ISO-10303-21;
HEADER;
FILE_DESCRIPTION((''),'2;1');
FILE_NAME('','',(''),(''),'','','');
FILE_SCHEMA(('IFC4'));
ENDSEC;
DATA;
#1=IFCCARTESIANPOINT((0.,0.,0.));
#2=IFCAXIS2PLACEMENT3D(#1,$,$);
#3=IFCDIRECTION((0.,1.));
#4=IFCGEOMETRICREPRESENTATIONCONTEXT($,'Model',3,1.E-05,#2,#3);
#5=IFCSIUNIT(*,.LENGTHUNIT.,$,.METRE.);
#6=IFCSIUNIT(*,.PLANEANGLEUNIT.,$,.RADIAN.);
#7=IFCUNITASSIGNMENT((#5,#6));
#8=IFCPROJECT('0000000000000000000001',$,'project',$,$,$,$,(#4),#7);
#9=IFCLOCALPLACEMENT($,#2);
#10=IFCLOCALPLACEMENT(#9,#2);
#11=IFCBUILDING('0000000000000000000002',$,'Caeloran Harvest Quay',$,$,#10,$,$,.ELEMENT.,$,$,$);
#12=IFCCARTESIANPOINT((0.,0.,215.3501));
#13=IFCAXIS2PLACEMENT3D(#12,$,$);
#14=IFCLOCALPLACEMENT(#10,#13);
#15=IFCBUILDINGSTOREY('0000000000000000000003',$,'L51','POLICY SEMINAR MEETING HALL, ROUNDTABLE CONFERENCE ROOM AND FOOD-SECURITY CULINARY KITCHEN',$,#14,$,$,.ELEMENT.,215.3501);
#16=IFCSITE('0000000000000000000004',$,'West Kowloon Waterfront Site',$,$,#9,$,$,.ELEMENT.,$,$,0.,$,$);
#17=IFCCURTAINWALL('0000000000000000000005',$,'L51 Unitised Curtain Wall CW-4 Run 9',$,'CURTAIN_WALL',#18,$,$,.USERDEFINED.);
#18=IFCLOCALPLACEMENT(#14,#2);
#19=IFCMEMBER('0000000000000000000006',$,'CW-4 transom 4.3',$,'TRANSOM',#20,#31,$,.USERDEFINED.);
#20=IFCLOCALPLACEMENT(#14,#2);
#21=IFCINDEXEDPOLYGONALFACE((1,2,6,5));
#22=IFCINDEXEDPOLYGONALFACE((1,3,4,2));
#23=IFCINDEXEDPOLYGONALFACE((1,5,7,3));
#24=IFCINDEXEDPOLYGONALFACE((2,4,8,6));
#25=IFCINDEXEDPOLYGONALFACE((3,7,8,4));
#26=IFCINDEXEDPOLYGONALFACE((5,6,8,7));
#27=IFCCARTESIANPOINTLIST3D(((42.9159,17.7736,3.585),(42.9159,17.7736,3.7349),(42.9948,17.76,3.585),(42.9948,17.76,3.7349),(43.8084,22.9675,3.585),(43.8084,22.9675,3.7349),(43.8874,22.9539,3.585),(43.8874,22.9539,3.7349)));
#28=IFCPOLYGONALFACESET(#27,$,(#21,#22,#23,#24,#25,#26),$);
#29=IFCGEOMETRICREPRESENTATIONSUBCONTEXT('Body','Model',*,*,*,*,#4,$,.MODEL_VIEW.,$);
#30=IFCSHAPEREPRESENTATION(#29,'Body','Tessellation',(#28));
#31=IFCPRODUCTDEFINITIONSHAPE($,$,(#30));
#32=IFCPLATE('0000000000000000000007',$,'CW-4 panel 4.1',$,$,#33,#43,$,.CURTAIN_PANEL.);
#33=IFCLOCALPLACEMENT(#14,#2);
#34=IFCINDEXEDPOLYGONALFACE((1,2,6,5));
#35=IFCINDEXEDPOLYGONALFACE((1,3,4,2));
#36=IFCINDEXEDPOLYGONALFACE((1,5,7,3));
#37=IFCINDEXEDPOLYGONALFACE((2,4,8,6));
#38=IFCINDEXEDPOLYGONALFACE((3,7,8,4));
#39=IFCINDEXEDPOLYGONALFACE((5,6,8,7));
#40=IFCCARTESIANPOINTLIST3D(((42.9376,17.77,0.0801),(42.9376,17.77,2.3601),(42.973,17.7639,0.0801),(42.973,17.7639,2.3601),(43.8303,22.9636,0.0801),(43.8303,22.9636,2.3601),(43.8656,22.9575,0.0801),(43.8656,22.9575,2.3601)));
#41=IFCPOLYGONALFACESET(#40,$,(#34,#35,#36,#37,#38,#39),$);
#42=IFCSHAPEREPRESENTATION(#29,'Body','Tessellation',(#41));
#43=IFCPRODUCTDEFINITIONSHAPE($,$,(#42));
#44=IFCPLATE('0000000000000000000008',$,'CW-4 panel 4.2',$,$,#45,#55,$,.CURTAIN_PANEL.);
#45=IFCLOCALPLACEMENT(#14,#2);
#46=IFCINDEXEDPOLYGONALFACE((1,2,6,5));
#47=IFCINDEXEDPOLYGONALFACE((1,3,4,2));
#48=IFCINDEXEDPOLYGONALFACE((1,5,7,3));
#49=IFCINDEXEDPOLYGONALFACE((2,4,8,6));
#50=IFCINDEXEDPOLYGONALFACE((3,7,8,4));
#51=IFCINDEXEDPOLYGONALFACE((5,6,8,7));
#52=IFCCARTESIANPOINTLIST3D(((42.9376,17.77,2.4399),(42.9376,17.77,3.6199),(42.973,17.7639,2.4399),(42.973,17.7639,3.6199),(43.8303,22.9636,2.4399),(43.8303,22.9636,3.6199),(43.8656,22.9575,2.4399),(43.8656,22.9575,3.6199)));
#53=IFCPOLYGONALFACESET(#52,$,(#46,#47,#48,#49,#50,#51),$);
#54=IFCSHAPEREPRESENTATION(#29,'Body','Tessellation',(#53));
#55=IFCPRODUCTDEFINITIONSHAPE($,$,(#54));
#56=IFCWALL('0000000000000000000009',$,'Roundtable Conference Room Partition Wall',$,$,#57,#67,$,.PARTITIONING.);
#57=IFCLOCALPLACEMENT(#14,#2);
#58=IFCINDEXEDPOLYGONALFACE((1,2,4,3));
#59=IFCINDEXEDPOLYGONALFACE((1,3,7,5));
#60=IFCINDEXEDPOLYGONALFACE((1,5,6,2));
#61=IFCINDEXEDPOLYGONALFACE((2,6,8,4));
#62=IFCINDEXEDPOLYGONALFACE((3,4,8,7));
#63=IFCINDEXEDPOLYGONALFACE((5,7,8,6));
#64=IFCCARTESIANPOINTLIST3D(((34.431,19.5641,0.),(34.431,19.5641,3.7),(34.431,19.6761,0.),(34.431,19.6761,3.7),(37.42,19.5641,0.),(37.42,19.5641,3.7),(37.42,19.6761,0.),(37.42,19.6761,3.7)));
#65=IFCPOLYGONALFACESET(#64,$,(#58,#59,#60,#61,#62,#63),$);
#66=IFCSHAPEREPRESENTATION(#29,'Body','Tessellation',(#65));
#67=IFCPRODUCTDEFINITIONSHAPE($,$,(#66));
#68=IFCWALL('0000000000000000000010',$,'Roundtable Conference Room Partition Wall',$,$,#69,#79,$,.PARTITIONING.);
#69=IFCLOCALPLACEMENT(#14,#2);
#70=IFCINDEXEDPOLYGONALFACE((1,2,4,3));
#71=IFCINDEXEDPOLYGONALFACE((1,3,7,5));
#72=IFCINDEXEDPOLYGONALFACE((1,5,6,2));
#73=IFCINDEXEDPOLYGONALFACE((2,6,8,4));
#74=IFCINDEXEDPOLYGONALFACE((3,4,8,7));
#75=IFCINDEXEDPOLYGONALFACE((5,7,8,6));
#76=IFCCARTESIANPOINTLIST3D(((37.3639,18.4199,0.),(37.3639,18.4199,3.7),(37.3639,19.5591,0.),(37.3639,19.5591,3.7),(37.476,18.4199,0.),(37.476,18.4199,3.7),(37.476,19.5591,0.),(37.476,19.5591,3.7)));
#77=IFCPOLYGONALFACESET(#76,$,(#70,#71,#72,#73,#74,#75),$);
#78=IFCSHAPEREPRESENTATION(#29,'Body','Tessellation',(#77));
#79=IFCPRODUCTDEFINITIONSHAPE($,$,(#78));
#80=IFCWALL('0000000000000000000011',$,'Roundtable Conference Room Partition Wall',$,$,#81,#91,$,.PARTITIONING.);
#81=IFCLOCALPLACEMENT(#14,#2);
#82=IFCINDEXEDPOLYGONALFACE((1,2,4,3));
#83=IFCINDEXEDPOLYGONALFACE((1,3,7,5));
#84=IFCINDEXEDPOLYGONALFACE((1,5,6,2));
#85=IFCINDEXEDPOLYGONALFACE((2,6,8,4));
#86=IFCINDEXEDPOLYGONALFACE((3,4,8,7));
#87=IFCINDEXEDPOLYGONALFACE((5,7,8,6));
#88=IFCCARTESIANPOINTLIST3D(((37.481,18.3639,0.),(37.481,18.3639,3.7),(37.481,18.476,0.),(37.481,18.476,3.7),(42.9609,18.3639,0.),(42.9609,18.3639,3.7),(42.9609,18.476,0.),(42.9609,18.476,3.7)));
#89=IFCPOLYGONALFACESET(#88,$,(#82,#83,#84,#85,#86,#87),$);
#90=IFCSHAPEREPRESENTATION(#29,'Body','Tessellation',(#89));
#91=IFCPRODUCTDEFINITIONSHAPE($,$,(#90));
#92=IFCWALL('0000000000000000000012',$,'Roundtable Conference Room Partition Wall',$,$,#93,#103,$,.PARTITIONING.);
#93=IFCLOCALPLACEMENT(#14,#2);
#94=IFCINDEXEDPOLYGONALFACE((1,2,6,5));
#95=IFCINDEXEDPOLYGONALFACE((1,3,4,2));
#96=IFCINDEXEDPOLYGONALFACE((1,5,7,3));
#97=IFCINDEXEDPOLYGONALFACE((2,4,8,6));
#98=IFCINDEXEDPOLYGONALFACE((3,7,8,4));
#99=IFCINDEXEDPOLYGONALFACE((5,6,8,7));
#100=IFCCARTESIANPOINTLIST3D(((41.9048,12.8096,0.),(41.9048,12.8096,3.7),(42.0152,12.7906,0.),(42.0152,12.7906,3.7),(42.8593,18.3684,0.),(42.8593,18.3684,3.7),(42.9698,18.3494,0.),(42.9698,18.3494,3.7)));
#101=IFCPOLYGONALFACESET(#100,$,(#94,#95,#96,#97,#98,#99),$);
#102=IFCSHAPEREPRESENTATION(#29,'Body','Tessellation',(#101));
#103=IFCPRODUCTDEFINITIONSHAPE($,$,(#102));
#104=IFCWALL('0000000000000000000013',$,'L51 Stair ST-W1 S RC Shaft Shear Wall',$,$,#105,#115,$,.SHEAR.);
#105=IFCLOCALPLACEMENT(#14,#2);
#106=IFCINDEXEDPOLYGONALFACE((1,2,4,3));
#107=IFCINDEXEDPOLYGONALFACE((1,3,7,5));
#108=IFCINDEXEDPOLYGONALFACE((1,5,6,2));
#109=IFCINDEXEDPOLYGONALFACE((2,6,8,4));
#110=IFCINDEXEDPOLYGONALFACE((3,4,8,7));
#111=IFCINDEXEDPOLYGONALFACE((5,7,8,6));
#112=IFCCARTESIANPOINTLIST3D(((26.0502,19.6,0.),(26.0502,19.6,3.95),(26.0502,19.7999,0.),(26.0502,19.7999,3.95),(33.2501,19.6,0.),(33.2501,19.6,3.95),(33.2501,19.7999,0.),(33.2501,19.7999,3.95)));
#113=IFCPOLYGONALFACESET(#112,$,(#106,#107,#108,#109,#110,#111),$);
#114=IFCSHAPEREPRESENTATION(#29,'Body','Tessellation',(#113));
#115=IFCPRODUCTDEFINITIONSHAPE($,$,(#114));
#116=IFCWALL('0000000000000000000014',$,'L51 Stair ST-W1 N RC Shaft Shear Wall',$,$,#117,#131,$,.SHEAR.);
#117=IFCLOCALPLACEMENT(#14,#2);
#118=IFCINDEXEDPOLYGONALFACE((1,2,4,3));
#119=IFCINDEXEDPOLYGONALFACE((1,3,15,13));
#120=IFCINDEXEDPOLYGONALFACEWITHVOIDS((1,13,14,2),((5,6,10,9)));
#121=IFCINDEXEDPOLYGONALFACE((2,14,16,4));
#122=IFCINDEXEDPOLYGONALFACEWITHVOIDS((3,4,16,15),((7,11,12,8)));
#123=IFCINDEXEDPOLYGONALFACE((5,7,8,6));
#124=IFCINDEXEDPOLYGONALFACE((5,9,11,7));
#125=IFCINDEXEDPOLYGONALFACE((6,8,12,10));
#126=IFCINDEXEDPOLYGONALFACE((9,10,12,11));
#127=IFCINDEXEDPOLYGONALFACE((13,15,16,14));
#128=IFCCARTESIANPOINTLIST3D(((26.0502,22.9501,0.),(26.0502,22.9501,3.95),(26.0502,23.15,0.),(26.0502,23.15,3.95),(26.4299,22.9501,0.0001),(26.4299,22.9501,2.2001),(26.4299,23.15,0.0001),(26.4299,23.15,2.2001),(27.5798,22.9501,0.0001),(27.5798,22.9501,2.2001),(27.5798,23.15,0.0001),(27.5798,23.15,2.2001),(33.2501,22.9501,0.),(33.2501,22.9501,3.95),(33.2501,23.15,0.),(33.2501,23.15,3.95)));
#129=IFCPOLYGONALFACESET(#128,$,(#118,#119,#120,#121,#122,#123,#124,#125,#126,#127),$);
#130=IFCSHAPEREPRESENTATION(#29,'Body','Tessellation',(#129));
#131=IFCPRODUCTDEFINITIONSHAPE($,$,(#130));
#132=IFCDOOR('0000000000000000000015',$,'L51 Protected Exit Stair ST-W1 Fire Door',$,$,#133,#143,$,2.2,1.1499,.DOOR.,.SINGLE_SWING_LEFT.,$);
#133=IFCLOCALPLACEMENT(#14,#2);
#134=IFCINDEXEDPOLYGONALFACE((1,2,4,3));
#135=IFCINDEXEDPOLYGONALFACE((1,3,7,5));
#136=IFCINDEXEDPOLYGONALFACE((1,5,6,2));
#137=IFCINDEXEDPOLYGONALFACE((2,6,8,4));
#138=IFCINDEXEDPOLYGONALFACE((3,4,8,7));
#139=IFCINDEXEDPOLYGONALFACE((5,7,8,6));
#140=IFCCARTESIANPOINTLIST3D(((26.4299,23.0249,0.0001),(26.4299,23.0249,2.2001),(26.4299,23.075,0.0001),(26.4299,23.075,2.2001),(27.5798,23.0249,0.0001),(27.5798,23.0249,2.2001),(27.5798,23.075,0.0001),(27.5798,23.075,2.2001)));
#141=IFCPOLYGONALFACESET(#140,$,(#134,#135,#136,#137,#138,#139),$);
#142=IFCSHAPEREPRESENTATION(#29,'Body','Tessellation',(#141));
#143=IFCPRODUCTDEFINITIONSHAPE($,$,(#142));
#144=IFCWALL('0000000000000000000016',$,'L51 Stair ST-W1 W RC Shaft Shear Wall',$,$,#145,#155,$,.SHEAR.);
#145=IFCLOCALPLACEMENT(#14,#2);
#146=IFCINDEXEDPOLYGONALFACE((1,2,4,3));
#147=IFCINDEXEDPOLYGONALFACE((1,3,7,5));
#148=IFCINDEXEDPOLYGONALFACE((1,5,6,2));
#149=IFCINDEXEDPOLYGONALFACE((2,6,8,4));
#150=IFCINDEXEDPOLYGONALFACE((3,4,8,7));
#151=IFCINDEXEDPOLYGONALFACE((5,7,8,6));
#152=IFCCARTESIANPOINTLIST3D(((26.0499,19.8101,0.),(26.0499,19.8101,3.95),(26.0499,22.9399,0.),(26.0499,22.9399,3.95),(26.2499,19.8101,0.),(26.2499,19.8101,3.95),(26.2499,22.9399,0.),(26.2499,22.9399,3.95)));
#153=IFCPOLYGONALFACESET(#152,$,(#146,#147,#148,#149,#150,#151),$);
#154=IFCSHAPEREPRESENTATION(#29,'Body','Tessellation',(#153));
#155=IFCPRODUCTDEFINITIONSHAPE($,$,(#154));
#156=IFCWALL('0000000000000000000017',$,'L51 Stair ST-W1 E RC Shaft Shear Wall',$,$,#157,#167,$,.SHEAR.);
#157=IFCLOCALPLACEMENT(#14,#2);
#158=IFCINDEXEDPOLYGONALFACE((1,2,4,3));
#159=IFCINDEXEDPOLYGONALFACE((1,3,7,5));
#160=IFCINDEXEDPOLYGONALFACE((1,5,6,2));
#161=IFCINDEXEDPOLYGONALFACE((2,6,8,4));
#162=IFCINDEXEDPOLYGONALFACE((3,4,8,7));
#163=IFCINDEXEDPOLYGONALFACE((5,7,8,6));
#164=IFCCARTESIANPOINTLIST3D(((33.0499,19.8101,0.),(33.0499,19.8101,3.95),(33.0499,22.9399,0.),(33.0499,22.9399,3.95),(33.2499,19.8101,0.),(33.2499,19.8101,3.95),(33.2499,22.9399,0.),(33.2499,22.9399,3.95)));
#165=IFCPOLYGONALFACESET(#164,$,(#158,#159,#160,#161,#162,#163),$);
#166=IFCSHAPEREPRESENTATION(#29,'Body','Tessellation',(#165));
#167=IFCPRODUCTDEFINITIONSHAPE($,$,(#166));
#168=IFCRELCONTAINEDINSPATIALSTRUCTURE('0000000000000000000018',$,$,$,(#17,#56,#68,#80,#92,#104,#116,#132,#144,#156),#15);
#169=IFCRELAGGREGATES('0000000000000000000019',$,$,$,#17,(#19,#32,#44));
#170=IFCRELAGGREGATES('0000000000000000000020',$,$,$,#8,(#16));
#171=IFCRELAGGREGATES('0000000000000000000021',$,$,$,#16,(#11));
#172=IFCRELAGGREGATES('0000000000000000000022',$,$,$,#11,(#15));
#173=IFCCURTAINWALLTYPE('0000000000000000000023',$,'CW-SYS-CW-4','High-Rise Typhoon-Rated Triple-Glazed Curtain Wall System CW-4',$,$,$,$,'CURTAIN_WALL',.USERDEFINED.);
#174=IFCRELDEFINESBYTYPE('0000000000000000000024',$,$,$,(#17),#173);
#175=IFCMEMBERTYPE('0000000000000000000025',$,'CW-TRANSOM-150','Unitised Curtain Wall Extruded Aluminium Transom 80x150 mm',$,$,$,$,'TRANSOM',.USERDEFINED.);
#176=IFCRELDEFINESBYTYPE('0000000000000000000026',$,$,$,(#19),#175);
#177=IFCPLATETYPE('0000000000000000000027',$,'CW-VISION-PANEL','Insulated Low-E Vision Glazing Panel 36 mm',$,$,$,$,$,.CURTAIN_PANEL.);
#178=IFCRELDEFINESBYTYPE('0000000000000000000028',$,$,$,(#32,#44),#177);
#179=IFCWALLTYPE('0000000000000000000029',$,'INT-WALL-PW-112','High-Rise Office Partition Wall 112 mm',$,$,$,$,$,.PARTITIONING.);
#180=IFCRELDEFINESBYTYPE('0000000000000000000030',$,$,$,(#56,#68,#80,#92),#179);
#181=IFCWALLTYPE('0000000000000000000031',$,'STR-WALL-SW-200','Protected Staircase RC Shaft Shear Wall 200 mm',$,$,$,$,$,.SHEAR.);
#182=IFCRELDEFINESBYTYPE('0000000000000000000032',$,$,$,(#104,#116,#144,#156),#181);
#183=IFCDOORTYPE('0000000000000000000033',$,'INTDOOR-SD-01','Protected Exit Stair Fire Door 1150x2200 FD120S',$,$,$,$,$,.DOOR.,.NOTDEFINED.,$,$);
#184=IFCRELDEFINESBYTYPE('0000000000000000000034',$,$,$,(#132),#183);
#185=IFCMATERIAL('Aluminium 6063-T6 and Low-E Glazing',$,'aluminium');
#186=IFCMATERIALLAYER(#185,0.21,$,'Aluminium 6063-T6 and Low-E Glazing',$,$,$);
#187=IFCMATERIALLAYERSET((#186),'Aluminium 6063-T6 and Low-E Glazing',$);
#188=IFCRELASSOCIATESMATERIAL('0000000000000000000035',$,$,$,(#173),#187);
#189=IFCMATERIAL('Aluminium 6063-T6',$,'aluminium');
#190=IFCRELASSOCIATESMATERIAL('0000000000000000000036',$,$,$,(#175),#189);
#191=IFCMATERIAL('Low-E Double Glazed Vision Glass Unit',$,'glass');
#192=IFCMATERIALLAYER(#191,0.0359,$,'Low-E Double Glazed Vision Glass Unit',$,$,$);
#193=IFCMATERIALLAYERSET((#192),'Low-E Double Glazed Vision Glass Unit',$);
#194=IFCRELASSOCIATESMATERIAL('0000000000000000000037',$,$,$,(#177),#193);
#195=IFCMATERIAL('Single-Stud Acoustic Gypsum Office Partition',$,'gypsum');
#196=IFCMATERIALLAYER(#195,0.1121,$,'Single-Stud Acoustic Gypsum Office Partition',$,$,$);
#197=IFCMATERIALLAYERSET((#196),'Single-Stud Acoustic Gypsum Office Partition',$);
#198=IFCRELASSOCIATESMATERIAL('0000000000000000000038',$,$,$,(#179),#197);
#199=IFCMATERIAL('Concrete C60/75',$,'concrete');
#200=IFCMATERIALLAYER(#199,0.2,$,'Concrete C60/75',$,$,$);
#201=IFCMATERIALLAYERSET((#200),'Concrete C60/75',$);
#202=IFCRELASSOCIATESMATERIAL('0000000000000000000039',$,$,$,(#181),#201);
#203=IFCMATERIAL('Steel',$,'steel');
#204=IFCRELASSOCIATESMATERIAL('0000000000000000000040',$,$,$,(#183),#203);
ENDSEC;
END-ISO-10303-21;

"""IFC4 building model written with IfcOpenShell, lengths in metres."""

from ifc_helpers import new_model, si_unit, direction, frame, frame_2d, origin, origin_2d, place, context, subcontext, project, spatial, rectangle, extrude, material, layer, layer_set, material_profile, profile_set, type_object, element, fill, aggregate, save


model = new_model("IFC4")

# Units and contexts
model_context = context("Model", 3, precision=1e-05, world=origin(), true_north=direction((0.0, 1.0)))
body_context = subcontext(model_context, "Body", "Model", "MODEL_VIEW")
ifc_project = project(units=[si_unit("LENGTHUNIT", "METRE"), si_unit("PLANEANGLEUNIT", "RADIAN")], contexts=[model_context])

# Site, building, storey
site_placement = place(None, origin())
site = spatial("IfcSite", under=ifc_project, at=site_placement, Name="West Kowloon Waterfront Site", CompositionType="ELEMENT", RefElevation=0.0)
building_placement = place(site_placement, origin())
building = spatial("IfcBuilding", under=site, at=building_placement, Name="Caeloran Harvest Quay", CompositionType="ELEMENT")
storey_placement = place(building_placement, frame((0.0, 0.0, 215.3501)))
storey = spatial("IfcBuildingStorey", under=building, at=storey_placement, Name="L51", Description="POLICY SEMINAR MEETING HALL, ROUNDTABLE CONFERENCE ROOM AND FOOD-SECURITY CULINARY KITCHEN", CompositionType="ELEMENT", Elevation=215.3501)

# Curtain wall, member, plates
ifc_material_1 = material(Name="Aluminium 6063-T6 and Low-E Glazing", Category="aluminium")
ifc_layer_1 = layer(ifc_material_1, 0.21, Name="Aluminium 6063-T6 and Low-E Glazing")
ifc_layer_set_1 = layer_set([ifc_layer_1], Name="Aluminium 6063-T6 and Low-E Glazing")
curtain_wall_type = type_object("IfcCurtainWallType", Name="CW-SYS-CW-4", Description="High-Rise Typhoon-Rated Triple-Glazed Curtain Wall System CW-4", ElementType="CURTAIN_WALL", PredefinedType="USERDEFINED", material=ifc_layer_set_1)
curtain_wall_placement = place(storey_placement, origin())
curtain_wall = element("IfcCurtainWall", 1, at=curtain_wall_placement, inside=storey, type_object=curtain_wall_type, Name="L51 Unitised Curtain Wall CW-4 Run 9", ObjectType="CURTAIN_WALL", PredefinedType="USERDEFINED")
ifc_material_2 = material(Name="Aluminium 6063-T6", Category="aluminium")
ifc_material_profile_1 = material_profile(ifc_material_2, rectangle(XDim=0.0801, YDim=0.1499, at=origin_2d()), Name="CW-TRANSOM-150")
ifc_profile_set_1 = profile_set([ifc_material_profile_1], Name="Aluminium 6063-T6")
member_type_1 = type_object("IfcMemberType", Name="CW-TRANSOM-150", Description="Unitised Curtain Wall Extruded Aluminium Transom 80x150 mm", ElementType="TRANSOM", PredefinedType="USERDEFINED", material=ifc_profile_set_1)
member_1_placement = place(storey_placement, frame((43.8479, 22.9607, 3.6599), z_axis=(-0.16937, -0.985553, 0.0), x_axis=(0.985553, -0.16937, 0.0)))
member_1 = element("IfcMember", 2, at=member_1_placement, type_object=member_type_1, Name="CW-4 transom 4.3", ObjectType="TRANSOM", PredefinedType="USERDEFINED", context=body_context, shape_type="SweptSolid", body=[
    extrude(rectangle(XDim=0.0801, YDim=0.1499, at=origin_2d()), origin(), (0.0, 0.0, 1.0), 5.27),
])
ifc_material_3 = material(Name="Low-E Double Glazed Vision Glass Unit", Category="glass")
ifc_layer_2 = layer(ifc_material_3, 0.0359, Name="Low-E Double Glazed Vision Glass Unit")
ifc_layer_set_2 = layer_set([ifc_layer_2], Name="Low-E Double Glazed Vision Glass Unit")
plate_type = type_object("IfcPlateType", Name="CW-VISION-PANEL", Description="Insulated Low-E Vision Glazing Panel 36 mm", PredefinedType="CURTAIN_PANEL", material=ifc_layer_set_2)
plate_1_placement = place(storey_placement, frame((43.4016, 20.3638, 0.0801), z_axis=(0.0, 0.0, 1.0), x_axis=(-0.169391, -0.985549, 0.0)))
plate_1 = element("IfcPlate", 3, at=plate_1_placement, type_object=plate_type, Name="CW-4 panel 4.1", PredefinedType="CURTAIN_PANEL", context=body_context, shape_type="SweptSolid", body=[
    extrude(rectangle(XDim=5.2698, YDim=0.0359, at=origin_2d()), origin(), (0.0, 0.0, 1.0), 2.28),
])
plate_2_placement = place(storey_placement, frame((43.4016, 20.3638, 2.4399), z_axis=(0.0, 0.0, 1.0), x_axis=(-0.169391, -0.985549, 0.0)))
plate_2 = element("IfcPlate", 4, at=plate_2_placement, type_object=plate_type, Name="CW-4 panel 4.2", PredefinedType="CURTAIN_PANEL", context=body_context, shape_type="SweptSolid", body=[
    extrude(rectangle(XDim=5.2698, YDim=0.0359, at=origin_2d()), origin(), (0.0, 0.0, 1.0), 1.1799),
])
aggregate(curtain_wall, [member_1, plate_1, plate_2])

# Walls
ifc_material_4 = material(Name="Single-Stud Acoustic Gypsum Office Partition", Category="gypsum")
ifc_layer_3 = layer(ifc_material_4, 0.1121, Name="Single-Stud Acoustic Gypsum Office Partition")
ifc_layer_set_3 = layer_set([ifc_layer_3], Name="Single-Stud Acoustic Gypsum Office Partition")
wall_type_1 = type_object("IfcWallType", Name="INT-WALL-PW-112", Description="High-Rise Office Partition Wall 112 mm", PredefinedType="PARTITIONING", material=ifc_layer_set_3)
wall_1_placement = place(storey_placement, frame((34.4309, 19.6201, 0.0), z_axis=(0.0, 0.0, 1.0), x_axis=(1.0, 0.0, 0.0)))
element("IfcWall", 5, at=wall_1_placement, inside=storey, type_object=wall_type_1, Name="Roundtable Conference Room Partition Wall", PredefinedType="PARTITIONING", context=body_context, shape_type="SweptSolid", body=[
    extrude(rectangle(XDim=2.989, YDim=0.1121, at=frame_2d((1.4946, 0.0))), origin(), (0.0, 0.0, 1.0), 3.7),
])
wall_2_placement = place(storey_placement, frame((37.4199, 19.5591, 0.0), z_axis=(0.0, 0.0, 1.0), x_axis=(0.0, -1.0, 0.0)))
element("IfcWall", 6, at=wall_2_placement, inside=storey, type_object=wall_type_1, Name="Roundtable Conference Room Partition Wall", PredefinedType="PARTITIONING", context=body_context, shape_type="SweptSolid", body=[
    extrude(rectangle(XDim=1.1392, YDim=0.1121, at=frame_2d((0.5696, 0.0))), origin(), (0.0, 0.0, 1.0), 3.7),
])
wall_3_placement = place(storey_placement, frame((37.481, 18.4199, 0.0), z_axis=(0.0, 0.0, 1.0), x_axis=(1.0, 0.0, 0.0)))
element("IfcWall", 7, at=wall_3_placement, inside=storey, type_object=wall_type_1, Name="Roundtable Conference Room Partition Wall", PredefinedType="PARTITIONING", context=body_context, shape_type="SweptSolid", body=[
    extrude(rectangle(XDim=5.48, YDim=0.1121, at=frame_2d((2.74, 0.0))), origin(), (0.0, 0.0, 1.0), 3.7),
])
wall_4_placement = place(storey_placement, frame((42.9146, 18.3589, 0.0), z_axis=(0.0, 0.0, 1.0), x_axis=(-0.169247, -0.985574, 0.0)))
element("IfcWall", 8, at=wall_4_placement, inside=storey, type_object=wall_type_1, Name="Roundtable Conference Room Partition Wall", PredefinedType="PARTITIONING", context=body_context, shape_type="SweptSolid", body=[
    extrude(rectangle(XDim=5.6401, YDim=0.1121, at=frame_2d((2.8201, 0.0))), origin(), (0.0, 0.0, 1.0), 3.7),
])
ifc_material_5 = material(Name="Concrete C60/75", Category="concrete")
ifc_layer_4 = layer(ifc_material_5, 0.2, Name="Concrete C60/75")
ifc_layer_set_4 = layer_set([ifc_layer_4], Name="Concrete C60/75")
wall_type_2 = type_object("IfcWallType", Name="STR-WALL-SW-200", Description="Protected Staircase RC Shaft Shear Wall 200 mm", PredefinedType="SHEAR", material=ifc_layer_set_4)
wall_5_placement = place(storey_placement, frame((26.05, 19.7, 0.0), z_axis=(0.0, 0.0, 1.0), x_axis=(1.0, 0.0, 0.0)))
element("IfcWall", 9, at=wall_5_placement, inside=storey, type_object=wall_type_2, Name="L51 Stair ST-W1 S RC Shaft Shear Wall", PredefinedType="SHEAR", context=body_context, shape_type="SweptSolid", body=[
    extrude(rectangle(XDim=7.2, YDim=0.2, at=frame_2d((3.6001, 0.0))), origin(), (0.0, 0.0, 1.0), 3.95),
])

# Wall, opening, door
wall_6_placement = place(storey_placement, frame((26.05, 23.05, 0.0), z_axis=(0.0, 0.0, 1.0), x_axis=(1.0, 0.0, 0.0)))
wall_6 = element("IfcWall", 10, at=wall_6_placement, inside=storey, type_object=wall_type_2, Name="L51 Stair ST-W1 N RC Shaft Shear Wall", PredefinedType="SHEAR", context=body_context, shape_type="SweptSolid", body=[
    extrude(rectangle(XDim=7.2, YDim=0.2, at=frame_2d((3.6001, 0.0))), origin(), (0.0, 0.0, 1.0), 3.95),
])
opening_placement = place(wall_6_placement, frame((0.3799, 0.0, 0.0)))
opening = element("IfcOpeningElement", 11, at=opening_placement, cuts=wall_6, PredefinedType="OPENING", context=body_context, shape_type="SweptSolid", body=[
    extrude(rectangle(XDim=1.1499, YDim=2.2, at=frame_2d((0.575, 1.1001))), frame((0.0, 0.1099, 0.0), z_axis=(0.0, -1.0, 0.0), x_axis=(1.0, 0.0, 0.0)), (0.0, 0.0, 1.0), 0.22),
])
ifc_material_6 = material(Name="Steel", Category="steel")
door_type = type_object("IfcDoorType", Name="INTDOOR-SD-01", Description="Protected Exit Stair Fire Door 1150x2200 FD120S", OperationType="NOTDEFINED", PredefinedType="DOOR", material=ifc_material_6)
door_placement = place(opening_placement, origin())
door = element("IfcDoor", 12, at=door_placement, inside=storey, type_object=door_type, Name="L51 Protected Exit Stair ST-W1 Fire Door", OperationType="SINGLE_SWING_LEFT", OverallHeight=2.2, OverallWidth=1.1499, PredefinedType="DOOR", context=body_context, shape_type="SweptSolid", body=[
    extrude(rectangle(XDim=1.1499, YDim=2.2, at=frame_2d((0.575, 1.1001))), frame((0.0, 0.0249, 0.0), z_axis=(0.0, -1.0, 0.0), x_axis=(1.0, 0.0, 0.0)), (0.0, 0.0, 1.0), 0.05),
])
fill(opening, door)

# Walls
for number, where, z_axis, x_axis, name in (
    (13, (26.1499, 19.8101, 0.0), (0.0, 0.0, 1.0), (0.0, 1.0, 0.0), "L51 Stair ST-W1 W RC Shaft Shear Wall"),
    (14, (33.1499, 19.8101, 0.0), (0.0, 0.0, 1.0), (0.0, 1.0, 0.0), "L51 Stair ST-W1 E RC Shaft Shear Wall"),
):
    element("IfcWall", number, at=place(storey_placement, frame(where, z_axis=z_axis, x_axis=x_axis)), inside=storey, type_object=wall_type_2, Name=name, PredefinedType="SHEAR", context=body_context, shape_type="SweptSolid", body=[
        extrude(rectangle(XDim=3.1299, YDim=0.2, at=frame_2d((1.5649, 0.0))), origin(), (0.0, 0.0, 1.0), 3.95),
    ])

save(model, "model.ifc")
